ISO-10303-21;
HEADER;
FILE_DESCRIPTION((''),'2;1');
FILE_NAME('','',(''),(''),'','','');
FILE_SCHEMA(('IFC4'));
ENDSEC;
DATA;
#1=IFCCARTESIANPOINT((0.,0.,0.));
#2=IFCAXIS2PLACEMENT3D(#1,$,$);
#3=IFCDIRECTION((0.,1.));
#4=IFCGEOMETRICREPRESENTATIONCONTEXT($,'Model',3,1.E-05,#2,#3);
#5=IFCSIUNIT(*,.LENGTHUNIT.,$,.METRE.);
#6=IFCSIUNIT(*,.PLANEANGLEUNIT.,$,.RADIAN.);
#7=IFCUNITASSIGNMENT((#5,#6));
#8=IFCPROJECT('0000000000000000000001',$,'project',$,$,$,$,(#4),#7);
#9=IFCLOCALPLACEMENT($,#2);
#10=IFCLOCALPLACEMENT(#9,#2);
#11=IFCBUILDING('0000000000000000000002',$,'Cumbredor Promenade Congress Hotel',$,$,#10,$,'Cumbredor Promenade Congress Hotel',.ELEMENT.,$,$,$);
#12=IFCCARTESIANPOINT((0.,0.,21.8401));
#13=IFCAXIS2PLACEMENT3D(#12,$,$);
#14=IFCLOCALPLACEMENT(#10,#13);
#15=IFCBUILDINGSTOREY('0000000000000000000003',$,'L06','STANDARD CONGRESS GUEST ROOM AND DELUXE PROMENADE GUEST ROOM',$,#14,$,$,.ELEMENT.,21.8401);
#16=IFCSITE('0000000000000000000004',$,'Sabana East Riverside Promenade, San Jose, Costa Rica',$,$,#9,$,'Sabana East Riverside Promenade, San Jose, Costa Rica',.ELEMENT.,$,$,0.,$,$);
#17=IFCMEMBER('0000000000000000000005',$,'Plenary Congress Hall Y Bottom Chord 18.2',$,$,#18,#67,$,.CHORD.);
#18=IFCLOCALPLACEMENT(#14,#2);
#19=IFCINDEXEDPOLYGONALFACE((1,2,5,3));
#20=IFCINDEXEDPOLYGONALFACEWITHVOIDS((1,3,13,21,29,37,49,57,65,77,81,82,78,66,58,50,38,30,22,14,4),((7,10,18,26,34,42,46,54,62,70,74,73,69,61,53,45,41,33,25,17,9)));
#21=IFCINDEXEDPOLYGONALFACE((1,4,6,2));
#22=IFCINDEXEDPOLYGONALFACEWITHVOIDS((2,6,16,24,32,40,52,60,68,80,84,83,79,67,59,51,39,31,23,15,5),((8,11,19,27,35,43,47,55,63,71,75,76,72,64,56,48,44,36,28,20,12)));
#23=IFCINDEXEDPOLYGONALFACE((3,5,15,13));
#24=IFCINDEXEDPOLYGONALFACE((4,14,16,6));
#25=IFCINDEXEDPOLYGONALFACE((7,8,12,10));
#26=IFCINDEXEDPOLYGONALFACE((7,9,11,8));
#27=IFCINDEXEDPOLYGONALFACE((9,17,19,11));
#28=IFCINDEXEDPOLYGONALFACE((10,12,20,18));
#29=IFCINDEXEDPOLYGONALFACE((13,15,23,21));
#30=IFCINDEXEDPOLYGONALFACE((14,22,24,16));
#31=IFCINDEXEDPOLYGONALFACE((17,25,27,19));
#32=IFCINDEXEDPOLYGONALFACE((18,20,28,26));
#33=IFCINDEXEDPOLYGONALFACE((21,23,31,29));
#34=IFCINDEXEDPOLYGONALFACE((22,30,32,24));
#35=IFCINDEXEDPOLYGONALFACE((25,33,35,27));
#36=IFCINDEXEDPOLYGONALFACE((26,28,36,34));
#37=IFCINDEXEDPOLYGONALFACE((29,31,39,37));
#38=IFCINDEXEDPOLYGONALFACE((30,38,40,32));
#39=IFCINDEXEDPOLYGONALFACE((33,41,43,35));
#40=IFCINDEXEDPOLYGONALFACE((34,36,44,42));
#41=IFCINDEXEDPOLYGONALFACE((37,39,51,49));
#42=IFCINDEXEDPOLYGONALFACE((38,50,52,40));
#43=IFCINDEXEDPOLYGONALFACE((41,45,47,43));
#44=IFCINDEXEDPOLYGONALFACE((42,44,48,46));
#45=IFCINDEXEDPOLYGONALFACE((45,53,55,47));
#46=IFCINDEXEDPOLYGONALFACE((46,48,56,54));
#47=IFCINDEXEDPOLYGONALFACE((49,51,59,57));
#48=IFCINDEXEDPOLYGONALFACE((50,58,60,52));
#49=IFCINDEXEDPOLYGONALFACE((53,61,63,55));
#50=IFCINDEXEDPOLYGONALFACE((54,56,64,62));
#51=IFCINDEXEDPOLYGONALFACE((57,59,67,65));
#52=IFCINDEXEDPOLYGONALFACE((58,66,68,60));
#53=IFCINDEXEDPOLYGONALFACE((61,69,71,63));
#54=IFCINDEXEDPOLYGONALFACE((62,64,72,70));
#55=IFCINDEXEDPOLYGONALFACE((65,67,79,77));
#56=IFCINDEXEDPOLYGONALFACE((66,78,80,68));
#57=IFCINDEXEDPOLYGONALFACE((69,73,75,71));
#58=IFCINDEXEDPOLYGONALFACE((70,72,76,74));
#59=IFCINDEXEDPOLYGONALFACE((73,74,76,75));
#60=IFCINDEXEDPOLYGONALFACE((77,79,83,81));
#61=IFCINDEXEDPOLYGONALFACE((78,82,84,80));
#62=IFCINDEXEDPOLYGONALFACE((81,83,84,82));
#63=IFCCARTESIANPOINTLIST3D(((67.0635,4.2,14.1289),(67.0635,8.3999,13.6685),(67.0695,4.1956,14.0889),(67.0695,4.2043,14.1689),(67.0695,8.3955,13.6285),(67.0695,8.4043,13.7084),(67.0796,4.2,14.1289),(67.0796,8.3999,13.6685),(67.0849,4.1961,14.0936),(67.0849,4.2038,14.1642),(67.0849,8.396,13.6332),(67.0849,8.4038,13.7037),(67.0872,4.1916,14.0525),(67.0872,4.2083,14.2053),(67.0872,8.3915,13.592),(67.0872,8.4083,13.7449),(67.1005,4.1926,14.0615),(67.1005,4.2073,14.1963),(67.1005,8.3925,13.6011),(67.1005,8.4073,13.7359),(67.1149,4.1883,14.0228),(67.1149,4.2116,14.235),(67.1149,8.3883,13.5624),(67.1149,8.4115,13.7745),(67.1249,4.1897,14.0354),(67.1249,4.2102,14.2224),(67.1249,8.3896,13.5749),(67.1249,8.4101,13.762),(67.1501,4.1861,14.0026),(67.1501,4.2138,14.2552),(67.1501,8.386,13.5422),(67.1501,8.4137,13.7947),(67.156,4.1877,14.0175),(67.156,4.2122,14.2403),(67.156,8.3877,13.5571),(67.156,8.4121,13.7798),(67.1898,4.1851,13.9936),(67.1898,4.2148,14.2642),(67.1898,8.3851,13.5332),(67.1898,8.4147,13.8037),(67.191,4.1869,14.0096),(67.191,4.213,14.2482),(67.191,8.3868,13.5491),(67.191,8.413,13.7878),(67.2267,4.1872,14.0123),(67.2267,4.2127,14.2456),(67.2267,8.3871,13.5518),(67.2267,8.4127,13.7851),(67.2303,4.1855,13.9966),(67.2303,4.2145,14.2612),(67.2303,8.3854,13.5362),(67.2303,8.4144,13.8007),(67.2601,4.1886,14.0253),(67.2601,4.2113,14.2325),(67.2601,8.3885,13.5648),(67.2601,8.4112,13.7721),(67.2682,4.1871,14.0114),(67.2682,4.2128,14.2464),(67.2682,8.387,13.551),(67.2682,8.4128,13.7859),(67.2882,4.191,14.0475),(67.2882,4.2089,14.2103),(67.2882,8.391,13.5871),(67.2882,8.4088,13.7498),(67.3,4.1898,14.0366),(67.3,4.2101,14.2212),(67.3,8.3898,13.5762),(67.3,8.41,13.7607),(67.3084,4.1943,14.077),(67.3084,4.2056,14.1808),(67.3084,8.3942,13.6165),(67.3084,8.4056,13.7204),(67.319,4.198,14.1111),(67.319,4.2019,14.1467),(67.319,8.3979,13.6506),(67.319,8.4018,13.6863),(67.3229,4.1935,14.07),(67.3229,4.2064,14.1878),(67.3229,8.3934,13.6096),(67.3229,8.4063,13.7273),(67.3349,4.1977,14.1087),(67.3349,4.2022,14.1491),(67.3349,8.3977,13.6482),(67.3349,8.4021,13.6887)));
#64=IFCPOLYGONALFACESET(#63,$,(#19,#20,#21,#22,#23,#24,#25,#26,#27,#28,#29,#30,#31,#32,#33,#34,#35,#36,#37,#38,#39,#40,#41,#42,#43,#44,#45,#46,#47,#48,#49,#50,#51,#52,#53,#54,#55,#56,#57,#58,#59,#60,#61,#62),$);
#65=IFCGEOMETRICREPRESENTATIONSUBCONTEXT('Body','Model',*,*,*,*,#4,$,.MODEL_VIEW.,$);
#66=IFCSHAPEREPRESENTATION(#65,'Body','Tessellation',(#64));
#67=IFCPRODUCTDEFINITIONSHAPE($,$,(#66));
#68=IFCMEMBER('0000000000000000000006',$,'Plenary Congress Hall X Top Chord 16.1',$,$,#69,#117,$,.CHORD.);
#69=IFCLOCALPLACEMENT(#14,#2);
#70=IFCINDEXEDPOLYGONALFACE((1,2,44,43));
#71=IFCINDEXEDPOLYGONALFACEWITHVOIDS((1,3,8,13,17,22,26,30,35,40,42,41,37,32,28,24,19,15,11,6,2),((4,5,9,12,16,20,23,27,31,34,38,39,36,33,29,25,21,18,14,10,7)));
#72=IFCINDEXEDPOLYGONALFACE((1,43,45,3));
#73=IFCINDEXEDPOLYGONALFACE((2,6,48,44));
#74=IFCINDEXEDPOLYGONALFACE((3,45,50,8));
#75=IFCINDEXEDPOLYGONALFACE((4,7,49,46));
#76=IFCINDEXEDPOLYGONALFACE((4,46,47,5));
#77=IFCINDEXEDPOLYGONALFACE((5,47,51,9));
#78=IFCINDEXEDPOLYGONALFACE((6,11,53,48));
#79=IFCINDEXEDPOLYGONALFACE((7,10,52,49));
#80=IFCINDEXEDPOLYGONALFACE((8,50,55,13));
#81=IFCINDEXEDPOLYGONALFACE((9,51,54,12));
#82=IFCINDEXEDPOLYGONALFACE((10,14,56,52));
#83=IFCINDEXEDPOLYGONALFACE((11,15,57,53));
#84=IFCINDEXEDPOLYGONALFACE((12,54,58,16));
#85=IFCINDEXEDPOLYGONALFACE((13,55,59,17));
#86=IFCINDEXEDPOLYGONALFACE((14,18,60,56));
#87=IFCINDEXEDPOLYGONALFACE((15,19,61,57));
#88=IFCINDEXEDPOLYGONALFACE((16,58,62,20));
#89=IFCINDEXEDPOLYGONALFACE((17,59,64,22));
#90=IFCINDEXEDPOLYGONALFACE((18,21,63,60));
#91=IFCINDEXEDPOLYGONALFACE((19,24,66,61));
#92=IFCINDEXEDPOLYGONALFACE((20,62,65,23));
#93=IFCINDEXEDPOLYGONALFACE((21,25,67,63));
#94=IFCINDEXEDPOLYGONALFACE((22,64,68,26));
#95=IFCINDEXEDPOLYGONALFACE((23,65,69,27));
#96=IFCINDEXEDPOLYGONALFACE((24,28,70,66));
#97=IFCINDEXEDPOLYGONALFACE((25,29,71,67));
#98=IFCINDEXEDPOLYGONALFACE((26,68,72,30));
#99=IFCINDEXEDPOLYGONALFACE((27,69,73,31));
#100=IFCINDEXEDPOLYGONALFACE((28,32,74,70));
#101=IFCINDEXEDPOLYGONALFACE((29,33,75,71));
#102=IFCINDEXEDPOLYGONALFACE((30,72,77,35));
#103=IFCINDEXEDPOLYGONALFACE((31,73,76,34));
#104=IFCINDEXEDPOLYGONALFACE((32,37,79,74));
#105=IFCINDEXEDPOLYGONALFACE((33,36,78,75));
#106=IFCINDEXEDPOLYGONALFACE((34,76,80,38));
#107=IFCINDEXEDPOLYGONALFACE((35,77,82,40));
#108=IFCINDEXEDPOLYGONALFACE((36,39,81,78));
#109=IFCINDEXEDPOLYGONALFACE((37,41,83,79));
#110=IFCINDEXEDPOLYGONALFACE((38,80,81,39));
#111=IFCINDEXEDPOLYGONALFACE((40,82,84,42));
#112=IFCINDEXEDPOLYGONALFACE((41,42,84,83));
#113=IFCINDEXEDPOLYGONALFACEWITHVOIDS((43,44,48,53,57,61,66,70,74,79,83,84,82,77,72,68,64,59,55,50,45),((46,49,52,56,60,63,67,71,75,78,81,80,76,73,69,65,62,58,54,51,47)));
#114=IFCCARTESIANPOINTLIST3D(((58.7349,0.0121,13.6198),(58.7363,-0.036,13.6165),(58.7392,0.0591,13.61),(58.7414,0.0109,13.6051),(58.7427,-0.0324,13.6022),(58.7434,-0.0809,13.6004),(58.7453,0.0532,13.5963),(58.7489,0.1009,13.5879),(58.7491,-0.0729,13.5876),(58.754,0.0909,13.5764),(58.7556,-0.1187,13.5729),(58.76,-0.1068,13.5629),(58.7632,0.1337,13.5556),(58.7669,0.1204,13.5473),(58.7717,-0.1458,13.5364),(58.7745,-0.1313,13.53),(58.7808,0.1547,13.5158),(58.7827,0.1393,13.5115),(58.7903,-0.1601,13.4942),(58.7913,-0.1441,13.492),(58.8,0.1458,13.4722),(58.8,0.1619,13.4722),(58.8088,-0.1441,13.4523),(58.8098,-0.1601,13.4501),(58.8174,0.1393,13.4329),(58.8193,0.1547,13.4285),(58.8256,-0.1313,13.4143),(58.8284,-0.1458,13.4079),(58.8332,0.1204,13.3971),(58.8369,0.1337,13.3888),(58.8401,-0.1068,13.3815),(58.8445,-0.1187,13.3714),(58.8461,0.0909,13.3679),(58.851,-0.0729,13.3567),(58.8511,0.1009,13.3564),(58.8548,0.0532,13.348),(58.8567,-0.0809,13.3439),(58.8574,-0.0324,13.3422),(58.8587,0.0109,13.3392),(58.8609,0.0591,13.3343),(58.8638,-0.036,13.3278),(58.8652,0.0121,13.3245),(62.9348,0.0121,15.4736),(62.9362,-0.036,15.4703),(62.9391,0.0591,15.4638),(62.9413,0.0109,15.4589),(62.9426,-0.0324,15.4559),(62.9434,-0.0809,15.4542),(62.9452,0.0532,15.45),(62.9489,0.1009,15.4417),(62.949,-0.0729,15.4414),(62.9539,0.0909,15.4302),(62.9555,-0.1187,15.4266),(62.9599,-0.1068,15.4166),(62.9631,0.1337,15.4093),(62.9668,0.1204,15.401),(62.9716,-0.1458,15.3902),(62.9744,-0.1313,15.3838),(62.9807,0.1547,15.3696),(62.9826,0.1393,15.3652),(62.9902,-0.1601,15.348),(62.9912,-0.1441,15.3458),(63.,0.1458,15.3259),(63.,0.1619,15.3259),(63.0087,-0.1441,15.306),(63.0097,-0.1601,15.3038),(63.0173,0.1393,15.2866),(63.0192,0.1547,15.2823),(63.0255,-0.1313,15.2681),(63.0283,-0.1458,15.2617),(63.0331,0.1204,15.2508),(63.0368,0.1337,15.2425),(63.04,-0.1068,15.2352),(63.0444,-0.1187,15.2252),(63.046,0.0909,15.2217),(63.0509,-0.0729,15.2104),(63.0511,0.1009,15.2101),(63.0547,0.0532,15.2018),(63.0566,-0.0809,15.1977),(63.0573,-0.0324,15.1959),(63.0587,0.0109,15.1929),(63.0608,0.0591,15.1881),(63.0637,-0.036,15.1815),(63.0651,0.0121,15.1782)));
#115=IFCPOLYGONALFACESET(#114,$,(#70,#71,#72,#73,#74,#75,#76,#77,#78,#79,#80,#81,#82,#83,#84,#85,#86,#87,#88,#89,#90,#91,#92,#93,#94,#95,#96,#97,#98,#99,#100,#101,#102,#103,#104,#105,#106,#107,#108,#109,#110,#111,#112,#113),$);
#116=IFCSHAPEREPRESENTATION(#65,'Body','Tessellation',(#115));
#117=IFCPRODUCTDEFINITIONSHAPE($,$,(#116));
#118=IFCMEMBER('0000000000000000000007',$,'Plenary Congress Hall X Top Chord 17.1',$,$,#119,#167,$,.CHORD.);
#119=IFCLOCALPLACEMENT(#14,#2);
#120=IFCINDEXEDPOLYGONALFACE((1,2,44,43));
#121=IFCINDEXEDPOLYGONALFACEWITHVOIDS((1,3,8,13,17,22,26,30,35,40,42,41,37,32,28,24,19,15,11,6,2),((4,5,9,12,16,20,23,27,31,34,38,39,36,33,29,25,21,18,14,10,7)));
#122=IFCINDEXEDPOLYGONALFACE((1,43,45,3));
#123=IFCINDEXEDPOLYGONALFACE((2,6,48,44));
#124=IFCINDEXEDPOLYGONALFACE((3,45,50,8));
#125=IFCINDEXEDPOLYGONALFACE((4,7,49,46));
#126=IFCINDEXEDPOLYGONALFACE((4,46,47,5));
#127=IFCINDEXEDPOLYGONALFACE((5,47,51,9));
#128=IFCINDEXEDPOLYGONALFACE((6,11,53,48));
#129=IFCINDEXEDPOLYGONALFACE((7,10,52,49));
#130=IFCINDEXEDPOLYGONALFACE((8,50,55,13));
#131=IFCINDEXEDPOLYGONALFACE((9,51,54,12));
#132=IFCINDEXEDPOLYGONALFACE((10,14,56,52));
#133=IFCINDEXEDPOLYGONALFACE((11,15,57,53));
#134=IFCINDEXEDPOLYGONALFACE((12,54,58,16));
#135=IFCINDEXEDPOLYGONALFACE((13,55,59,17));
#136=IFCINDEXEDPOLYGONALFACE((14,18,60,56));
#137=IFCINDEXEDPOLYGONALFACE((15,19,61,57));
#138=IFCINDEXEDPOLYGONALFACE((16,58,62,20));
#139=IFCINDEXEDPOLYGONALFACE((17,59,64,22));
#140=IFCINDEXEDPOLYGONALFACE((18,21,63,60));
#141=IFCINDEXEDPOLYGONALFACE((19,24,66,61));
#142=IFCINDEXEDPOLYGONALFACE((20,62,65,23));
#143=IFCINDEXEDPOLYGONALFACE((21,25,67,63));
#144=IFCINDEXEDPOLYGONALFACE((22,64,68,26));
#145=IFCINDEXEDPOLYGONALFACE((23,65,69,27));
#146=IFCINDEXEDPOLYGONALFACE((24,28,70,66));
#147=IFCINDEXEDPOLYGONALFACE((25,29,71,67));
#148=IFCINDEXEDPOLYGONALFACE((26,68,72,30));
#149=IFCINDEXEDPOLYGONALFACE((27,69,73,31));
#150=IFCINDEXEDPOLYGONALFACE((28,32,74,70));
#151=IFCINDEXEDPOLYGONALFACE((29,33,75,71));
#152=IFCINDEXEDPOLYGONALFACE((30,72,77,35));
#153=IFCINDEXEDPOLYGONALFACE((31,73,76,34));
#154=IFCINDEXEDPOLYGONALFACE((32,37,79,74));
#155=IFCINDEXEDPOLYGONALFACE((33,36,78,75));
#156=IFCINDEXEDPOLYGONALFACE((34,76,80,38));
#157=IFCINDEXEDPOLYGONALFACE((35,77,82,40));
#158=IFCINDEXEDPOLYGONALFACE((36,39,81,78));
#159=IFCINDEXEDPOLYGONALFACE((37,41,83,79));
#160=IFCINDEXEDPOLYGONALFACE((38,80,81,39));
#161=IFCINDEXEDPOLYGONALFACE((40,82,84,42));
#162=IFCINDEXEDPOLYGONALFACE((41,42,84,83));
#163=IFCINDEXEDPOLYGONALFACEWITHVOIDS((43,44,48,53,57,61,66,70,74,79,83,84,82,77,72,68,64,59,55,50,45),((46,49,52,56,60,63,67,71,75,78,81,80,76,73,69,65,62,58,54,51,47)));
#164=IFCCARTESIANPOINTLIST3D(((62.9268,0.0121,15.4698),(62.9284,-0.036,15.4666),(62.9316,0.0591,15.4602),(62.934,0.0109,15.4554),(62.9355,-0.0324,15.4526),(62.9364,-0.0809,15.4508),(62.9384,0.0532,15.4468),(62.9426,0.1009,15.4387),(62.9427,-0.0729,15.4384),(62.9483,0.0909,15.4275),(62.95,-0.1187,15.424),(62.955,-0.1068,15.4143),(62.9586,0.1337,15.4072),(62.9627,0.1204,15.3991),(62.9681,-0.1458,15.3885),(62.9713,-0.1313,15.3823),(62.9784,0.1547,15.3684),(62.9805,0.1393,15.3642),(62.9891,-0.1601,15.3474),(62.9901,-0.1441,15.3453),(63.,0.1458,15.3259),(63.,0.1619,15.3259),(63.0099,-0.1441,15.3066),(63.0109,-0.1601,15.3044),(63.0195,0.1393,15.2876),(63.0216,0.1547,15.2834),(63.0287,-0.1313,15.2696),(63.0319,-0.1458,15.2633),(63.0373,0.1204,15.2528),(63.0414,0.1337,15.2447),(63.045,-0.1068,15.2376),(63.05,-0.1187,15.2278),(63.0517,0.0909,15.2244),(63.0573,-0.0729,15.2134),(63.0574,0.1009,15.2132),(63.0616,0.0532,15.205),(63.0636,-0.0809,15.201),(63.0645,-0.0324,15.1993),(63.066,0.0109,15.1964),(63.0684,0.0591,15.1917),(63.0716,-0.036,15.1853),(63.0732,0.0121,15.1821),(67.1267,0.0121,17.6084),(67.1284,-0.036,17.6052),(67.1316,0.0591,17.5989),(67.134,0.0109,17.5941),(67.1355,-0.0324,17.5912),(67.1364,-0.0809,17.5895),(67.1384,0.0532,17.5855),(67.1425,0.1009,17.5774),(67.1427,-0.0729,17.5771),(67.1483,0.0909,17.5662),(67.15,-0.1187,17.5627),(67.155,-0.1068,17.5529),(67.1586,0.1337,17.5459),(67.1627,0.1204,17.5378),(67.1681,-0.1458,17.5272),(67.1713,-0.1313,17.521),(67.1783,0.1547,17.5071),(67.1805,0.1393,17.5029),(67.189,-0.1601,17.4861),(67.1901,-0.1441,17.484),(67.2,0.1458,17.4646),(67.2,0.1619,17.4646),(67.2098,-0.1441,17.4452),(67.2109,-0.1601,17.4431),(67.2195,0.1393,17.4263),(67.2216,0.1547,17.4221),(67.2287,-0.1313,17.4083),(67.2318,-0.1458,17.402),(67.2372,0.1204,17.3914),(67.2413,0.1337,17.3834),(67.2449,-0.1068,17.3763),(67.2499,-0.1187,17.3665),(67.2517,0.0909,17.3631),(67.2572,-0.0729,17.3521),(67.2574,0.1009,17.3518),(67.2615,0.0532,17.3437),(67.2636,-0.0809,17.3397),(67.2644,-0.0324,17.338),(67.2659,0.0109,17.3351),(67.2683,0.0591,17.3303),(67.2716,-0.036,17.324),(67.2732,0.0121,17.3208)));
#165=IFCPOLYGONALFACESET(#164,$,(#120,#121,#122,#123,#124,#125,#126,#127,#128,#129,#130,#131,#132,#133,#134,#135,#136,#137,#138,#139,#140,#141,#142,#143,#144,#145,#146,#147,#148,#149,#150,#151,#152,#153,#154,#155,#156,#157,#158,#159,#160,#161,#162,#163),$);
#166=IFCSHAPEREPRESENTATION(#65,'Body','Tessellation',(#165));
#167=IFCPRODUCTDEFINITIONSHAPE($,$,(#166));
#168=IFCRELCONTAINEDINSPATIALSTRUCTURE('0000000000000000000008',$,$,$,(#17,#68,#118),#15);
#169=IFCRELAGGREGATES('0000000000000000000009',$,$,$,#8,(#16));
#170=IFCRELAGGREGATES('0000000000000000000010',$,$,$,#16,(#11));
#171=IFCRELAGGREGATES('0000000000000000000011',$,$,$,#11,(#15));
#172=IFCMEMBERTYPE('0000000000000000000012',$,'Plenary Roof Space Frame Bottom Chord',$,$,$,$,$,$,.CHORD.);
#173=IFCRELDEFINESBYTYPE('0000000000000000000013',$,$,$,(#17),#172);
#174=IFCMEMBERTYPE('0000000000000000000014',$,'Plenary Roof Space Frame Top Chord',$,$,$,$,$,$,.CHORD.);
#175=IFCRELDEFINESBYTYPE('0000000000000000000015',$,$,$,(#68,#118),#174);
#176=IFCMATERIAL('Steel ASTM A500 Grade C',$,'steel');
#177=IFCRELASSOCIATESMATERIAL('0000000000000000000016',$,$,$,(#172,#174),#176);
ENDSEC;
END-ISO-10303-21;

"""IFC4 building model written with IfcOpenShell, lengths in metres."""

from ifc_helpers import new_model, si_unit, direction, frame, origin, origin_2d, place, context, subcontext, project, spatial, hollow_circle, extrude, material, material_profile, profile_set, type_object, element, save


model = new_model("IFC4")

# Units and contexts
model_context = context("Model", 3, precision=1e-05, world=origin(), true_north=direction((0.0, 1.0)))
body_context = subcontext(model_context, "Body", "Model", "MODEL_VIEW")
ifc_project = project(units=[si_unit("LENGTHUNIT", "METRE"), si_unit("PLANEANGLEUNIT", "RADIAN")], contexts=[model_context])

# Site, building, storey
site_placement = place(None, origin())
site = spatial("IfcSite", under=ifc_project, at=site_placement, Name="Sabana East Riverside Promenade, San Jose, Costa Rica", LongName="Sabana East Riverside Promenade, San Jose, Costa Rica", CompositionType="ELEMENT", RefElevation=0.0)
building_placement = place(site_placement, origin())
building = spatial("IfcBuilding", under=site, at=building_placement, Name="Cumbredor Promenade Congress Hotel", LongName="Cumbredor Promenade Congress Hotel", CompositionType="ELEMENT")
storey_placement = place(building_placement, frame((0.0, 0.0, 21.8401)))
storey = spatial("IfcBuildingStorey", under=building, at=storey_placement, Name="L06", Description="STANDARD CONGRESS GUEST ROOM AND DELUXE PROMENADE GUEST ROOM", CompositionType="ELEMENT", Elevation=21.8401)

# Members
ifc_material_1 = material(Name="Steel ASTM A500 Grade C", Category="steel")
ifc_material_profile_1 = material_profile(ifc_material_1, hollow_circle(Radius=0.1365, WallThickness=0.0161, at=origin_2d()), Name="CHS 273.0x16")
ifc_profile_set_1 = profile_set([ifc_material_profile_1], Name="Steel ASTM A500 Grade C")
member_type_1 = type_object("IfcMemberType", Name="Plenary Roof Space Frame Bottom Chord", PredefinedType="CHORD", material=ifc_profile_set_1)
member_1_placement = place(storey_placement, frame((67.2, 4.2, 14.1289), z_axis=(0.0, 0.994044, -0.108979), x_axis=(-1.0, 0.0, 0.0)))
element("IfcMember", 1, at=member_1_placement, inside=storey, type_object=member_type_1, Name="Plenary Congress Hall Y Bottom Chord 18.2", PredefinedType="CHORD", context=body_context, shape_type="SweptSolid", body=[
    extrude(hollow_circle(Radius=0.1365, WallThickness=0.0161, at=origin_2d()), origin(), (0.0, 0.0, 1.0), 4.2251),
])
ifc_material_profile_2 = material_profile(ifc_material_1, hollow_circle(Radius=0.1619, WallThickness=0.0161, at=origin_2d()), Name="CHS 323.9x16")
ifc_profile_set_2 = profile_set([ifc_material_profile_2], Name="Steel ASTM A500 Grade C")
member_type_2 = type_object("IfcMemberType", Name="Plenary Roof Space Frame Top Chord", PredefinedType="CHORD", material=ifc_profile_set_2)
member_2_placement = place(storey_placement, frame((58.8, 0.0, 13.4722), z_axis=(0.91485, 0.0, 0.403793), x_axis=(0.0, 1.0, 0.0)))
element("IfcMember", 2, at=member_2_placement, inside=storey, type_object=member_type_2, Name="Plenary Congress Hall X Top Chord 16.1", PredefinedType="CHORD", context=body_context, shape_type="SweptSolid", body=[
    extrude(hollow_circle(Radius=0.1619, WallThickness=0.0161, at=origin_2d()), origin(), (0.0, 0.0, 1.0), 4.5908),
])
member_3_placement = place(storey_placement, frame((63.0, 0.0, 15.3259), z_axis=(0.891119, 0.0, 0.45377), x_axis=(0.0, 1.0, 0.0)))
element("IfcMember", 3, at=member_3_placement, inside=storey, type_object=member_type_2, Name="Plenary Congress Hall X Top Chord 17.1", PredefinedType="CHORD", context=body_context, shape_type="SweptSolid", body=[
    extrude(hollow_circle(Radius=0.1619, WallThickness=0.0161, at=origin_2d()), origin(), (0.0, 0.0, 1.0), 4.7131),
])

save(model, "model.ifc")
